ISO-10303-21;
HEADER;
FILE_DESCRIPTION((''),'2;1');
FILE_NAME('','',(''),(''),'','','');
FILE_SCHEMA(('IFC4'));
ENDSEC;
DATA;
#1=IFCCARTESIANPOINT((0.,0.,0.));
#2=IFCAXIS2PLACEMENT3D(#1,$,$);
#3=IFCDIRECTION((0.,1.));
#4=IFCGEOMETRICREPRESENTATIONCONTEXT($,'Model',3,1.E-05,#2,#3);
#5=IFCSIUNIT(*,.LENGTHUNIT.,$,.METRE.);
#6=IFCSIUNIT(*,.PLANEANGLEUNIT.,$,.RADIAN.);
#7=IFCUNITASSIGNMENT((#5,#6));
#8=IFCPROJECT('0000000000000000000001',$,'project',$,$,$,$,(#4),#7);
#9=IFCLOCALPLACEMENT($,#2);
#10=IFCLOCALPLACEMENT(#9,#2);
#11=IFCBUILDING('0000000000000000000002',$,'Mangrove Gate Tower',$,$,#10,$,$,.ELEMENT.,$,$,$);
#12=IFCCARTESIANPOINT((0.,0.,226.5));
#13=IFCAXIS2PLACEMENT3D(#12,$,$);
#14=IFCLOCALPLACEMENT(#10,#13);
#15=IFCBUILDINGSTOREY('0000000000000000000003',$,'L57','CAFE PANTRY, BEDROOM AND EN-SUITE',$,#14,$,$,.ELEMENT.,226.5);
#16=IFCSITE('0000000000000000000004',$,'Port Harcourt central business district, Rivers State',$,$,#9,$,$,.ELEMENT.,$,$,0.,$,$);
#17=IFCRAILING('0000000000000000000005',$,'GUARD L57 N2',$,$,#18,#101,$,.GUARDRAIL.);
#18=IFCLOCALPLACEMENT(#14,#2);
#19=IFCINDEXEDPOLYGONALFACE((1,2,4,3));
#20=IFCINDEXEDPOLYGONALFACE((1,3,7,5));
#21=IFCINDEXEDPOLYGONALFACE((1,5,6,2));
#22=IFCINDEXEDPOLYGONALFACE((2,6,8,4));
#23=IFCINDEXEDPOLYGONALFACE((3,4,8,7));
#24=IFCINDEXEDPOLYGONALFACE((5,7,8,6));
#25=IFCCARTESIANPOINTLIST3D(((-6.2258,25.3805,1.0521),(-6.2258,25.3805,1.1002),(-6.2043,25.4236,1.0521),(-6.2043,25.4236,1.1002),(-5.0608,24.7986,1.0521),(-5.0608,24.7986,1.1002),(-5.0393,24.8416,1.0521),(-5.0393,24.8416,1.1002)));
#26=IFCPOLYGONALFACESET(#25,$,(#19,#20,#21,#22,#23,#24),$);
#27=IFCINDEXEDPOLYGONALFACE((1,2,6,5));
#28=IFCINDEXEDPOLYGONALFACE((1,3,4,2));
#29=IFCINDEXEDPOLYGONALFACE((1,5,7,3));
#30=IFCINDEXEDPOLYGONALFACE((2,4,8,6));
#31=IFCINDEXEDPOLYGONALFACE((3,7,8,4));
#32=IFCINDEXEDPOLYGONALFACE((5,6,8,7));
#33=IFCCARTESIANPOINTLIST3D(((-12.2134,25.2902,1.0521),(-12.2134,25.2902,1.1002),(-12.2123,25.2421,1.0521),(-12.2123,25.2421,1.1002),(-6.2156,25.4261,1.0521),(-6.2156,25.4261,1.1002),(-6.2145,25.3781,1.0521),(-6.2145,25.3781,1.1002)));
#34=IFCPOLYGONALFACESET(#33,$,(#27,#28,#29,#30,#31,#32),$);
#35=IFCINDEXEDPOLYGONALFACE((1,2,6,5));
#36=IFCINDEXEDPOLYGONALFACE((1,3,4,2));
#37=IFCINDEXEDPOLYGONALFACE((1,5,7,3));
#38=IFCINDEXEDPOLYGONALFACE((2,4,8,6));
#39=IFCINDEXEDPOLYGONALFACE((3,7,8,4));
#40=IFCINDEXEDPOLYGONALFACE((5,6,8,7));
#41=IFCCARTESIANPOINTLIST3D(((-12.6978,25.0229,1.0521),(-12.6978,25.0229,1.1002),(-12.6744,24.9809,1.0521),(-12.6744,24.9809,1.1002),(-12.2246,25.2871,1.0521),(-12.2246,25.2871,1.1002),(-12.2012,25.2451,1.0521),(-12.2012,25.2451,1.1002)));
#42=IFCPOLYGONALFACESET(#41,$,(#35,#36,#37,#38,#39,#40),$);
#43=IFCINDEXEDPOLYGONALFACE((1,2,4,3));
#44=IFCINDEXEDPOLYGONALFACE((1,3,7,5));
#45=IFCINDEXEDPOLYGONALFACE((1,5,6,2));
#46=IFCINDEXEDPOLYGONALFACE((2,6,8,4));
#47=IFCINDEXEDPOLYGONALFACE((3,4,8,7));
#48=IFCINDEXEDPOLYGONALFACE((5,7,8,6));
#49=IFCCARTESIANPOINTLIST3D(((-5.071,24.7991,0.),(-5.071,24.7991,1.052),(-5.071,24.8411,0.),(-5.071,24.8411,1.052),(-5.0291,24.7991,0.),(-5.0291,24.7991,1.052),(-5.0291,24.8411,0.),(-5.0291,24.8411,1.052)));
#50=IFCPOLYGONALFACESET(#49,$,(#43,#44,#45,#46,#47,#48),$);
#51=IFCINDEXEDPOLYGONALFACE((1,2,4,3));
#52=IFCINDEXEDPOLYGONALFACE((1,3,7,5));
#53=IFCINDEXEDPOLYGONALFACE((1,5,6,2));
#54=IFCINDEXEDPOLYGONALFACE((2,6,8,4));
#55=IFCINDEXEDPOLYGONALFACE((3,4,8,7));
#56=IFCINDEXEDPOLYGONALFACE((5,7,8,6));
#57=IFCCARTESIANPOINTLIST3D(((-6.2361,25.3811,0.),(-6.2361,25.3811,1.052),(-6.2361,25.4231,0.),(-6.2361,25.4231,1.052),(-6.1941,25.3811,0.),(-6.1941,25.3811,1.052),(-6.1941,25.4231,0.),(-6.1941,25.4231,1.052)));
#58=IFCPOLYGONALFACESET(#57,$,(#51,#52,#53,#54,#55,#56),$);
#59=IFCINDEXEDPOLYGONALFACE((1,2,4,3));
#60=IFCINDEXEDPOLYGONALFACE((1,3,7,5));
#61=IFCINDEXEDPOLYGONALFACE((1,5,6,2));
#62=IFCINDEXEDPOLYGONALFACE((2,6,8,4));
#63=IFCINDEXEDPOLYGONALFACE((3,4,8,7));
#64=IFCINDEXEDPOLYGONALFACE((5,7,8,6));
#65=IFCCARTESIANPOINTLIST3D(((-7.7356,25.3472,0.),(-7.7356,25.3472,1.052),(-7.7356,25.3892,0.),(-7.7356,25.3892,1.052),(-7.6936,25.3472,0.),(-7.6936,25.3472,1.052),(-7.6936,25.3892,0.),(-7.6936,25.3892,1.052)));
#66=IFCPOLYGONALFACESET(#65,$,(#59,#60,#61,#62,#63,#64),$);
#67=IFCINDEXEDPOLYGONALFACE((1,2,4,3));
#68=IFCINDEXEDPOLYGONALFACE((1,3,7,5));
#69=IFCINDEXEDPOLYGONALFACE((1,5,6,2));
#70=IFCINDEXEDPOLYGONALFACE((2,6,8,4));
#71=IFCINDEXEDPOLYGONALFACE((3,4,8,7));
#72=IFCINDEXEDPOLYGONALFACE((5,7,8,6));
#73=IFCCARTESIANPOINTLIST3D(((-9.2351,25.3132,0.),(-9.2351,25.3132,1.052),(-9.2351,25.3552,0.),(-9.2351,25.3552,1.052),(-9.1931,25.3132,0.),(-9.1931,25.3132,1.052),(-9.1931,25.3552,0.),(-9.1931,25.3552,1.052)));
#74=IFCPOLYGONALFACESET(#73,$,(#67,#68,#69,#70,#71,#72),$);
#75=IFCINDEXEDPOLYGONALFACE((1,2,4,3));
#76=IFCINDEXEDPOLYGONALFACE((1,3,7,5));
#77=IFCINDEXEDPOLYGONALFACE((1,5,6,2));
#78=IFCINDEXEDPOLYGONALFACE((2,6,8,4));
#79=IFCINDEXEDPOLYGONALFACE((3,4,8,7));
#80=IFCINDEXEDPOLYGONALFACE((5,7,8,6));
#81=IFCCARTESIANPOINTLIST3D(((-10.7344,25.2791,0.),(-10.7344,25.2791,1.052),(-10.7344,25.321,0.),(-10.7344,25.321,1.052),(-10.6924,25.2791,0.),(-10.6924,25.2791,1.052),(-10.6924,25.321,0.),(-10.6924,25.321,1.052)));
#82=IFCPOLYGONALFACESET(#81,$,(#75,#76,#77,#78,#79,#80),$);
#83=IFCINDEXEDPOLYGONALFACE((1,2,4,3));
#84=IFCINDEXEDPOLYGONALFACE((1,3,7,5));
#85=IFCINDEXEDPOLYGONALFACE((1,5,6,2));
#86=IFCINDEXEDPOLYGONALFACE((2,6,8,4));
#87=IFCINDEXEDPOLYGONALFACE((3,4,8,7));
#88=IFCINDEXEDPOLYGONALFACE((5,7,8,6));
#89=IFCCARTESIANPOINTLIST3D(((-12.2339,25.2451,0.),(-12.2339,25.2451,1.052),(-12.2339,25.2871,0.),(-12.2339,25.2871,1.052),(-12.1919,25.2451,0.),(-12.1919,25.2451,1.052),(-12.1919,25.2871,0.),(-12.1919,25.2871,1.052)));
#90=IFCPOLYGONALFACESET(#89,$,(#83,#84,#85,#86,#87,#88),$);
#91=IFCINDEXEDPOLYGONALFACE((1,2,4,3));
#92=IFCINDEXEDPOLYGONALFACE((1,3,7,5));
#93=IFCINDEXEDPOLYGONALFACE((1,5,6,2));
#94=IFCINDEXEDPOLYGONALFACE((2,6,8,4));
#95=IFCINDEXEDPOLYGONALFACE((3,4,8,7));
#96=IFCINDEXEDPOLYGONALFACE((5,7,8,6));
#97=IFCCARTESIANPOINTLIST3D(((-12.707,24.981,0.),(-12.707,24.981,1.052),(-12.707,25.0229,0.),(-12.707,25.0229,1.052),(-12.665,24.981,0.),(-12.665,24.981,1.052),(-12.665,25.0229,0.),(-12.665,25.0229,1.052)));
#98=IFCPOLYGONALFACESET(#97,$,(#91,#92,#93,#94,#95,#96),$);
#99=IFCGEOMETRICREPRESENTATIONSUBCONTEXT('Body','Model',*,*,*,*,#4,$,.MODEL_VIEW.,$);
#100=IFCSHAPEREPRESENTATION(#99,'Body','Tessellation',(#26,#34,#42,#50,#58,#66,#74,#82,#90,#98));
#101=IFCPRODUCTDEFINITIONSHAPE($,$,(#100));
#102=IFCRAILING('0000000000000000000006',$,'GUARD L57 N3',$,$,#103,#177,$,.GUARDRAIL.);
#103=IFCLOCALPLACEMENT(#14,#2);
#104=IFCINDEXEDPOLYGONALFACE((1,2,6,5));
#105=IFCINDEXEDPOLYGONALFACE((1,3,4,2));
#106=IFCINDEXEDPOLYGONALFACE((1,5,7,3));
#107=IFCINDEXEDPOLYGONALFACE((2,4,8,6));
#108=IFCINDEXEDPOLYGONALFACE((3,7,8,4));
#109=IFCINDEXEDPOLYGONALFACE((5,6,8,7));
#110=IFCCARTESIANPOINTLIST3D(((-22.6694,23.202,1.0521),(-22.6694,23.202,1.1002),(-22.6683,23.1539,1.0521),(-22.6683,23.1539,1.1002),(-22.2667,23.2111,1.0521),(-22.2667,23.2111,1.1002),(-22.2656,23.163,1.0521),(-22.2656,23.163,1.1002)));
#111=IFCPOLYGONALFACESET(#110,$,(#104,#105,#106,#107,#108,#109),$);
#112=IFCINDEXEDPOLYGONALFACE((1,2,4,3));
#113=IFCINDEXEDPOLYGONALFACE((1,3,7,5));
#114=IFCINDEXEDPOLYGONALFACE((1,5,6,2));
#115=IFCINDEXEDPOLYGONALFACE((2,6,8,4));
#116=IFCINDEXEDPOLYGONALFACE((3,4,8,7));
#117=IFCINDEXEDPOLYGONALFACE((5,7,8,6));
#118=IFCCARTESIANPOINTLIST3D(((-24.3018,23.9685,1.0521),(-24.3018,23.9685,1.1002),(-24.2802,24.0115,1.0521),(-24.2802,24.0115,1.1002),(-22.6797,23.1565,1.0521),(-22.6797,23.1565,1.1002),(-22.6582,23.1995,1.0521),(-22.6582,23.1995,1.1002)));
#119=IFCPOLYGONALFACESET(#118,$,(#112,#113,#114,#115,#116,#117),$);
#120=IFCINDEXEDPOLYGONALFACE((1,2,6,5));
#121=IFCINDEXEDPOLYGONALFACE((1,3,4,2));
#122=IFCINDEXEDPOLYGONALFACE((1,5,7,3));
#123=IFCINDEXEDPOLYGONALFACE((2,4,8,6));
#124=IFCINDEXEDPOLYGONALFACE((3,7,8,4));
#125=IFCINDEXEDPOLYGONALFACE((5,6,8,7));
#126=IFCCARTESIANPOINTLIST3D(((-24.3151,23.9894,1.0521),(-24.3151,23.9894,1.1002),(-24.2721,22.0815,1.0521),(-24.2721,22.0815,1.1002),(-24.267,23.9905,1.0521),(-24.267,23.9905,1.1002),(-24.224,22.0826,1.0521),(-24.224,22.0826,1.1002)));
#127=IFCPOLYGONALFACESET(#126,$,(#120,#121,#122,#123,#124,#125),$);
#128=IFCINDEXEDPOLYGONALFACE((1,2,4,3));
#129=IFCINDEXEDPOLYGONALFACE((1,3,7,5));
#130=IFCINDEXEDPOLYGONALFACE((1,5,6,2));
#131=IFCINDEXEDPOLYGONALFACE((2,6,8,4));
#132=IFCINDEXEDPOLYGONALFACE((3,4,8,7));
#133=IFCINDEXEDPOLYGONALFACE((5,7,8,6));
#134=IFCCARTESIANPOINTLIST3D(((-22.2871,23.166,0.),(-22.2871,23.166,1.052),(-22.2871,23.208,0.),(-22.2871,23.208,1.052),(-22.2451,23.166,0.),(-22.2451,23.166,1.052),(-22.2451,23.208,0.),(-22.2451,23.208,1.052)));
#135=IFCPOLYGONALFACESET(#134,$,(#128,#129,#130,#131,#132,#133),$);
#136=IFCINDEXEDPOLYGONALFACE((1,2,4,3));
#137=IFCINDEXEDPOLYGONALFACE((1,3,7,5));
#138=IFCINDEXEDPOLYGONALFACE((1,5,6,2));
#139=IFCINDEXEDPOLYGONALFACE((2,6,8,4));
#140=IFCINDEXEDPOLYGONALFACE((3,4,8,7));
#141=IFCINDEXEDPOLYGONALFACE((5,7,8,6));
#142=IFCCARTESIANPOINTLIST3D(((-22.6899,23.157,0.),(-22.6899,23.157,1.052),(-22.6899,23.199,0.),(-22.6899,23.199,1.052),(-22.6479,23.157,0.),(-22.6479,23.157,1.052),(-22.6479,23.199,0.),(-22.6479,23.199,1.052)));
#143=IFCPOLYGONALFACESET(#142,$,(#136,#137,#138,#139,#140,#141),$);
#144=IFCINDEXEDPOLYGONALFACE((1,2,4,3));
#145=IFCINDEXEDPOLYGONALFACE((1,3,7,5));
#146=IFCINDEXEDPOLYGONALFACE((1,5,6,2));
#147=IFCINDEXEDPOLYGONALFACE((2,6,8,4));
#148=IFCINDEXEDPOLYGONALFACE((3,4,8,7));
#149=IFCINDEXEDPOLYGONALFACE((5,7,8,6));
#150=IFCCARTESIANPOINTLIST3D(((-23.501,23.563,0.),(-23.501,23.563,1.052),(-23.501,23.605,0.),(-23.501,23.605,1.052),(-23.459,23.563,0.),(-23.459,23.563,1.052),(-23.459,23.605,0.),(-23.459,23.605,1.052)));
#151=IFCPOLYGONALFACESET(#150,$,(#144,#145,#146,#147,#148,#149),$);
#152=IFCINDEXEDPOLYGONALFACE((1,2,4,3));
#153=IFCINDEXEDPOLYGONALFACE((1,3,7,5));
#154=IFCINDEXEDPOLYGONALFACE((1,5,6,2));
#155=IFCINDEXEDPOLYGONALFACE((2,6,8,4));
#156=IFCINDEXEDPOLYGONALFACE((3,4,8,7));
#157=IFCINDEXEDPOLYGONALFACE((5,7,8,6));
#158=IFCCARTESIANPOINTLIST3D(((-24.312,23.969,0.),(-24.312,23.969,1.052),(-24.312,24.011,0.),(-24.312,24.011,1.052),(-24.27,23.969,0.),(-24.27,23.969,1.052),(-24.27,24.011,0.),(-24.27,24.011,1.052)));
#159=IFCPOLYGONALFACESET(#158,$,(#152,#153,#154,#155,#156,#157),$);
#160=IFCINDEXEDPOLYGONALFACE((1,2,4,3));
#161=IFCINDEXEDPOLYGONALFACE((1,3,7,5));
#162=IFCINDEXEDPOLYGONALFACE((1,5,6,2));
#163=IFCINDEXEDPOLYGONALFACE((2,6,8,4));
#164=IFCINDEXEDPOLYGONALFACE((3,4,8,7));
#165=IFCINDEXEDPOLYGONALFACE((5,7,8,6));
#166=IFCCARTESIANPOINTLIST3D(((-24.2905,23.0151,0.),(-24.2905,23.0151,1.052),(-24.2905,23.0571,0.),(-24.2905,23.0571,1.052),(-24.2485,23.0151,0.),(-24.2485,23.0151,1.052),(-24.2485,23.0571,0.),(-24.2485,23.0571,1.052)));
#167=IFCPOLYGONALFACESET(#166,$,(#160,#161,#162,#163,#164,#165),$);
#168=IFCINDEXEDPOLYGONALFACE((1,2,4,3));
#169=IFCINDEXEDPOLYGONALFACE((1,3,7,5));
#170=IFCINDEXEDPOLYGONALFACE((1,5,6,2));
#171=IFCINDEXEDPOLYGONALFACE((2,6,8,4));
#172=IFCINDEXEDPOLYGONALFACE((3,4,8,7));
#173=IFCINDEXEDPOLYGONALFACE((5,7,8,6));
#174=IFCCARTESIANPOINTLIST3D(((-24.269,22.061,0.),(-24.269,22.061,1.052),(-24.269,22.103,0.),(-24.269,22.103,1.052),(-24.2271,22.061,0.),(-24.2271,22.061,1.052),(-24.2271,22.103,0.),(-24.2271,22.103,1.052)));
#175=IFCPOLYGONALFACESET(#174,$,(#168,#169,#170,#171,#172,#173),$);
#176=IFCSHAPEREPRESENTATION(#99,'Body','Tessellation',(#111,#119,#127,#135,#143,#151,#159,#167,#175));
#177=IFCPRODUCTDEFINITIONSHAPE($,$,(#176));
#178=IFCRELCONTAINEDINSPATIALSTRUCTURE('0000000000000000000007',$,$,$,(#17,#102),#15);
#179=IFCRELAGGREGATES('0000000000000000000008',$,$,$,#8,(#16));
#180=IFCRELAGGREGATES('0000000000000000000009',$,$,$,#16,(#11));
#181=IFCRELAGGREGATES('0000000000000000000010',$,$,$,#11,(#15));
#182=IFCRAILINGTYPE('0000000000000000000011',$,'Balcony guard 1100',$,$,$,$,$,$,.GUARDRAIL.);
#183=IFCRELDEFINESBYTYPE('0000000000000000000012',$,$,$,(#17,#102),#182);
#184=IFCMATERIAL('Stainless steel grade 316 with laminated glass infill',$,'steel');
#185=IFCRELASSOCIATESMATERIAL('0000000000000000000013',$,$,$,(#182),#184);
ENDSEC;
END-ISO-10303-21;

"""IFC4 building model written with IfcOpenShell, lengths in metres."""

from ifc_helpers import new_model, si_unit, direction, frame, origin, origin_2d, place, context, subcontext, project, spatial, rectangle, extrude, material, type_object, element, save


model = new_model("IFC4")

# Units and contexts
model_context = context("Model", 3, precision=1e-05, world=origin(), true_north=direction((0.0, 1.0)))
body_context = subcontext(model_context, "Body", "Model", "MODEL_VIEW")
ifc_project = project(units=[si_unit("LENGTHUNIT", "METRE"), si_unit("PLANEANGLEUNIT", "RADIAN")], contexts=[model_context])

# Site, building, storey
site_placement = place(None, origin())
site = spatial("IfcSite", under=ifc_project, at=site_placement, Name="Port Harcourt central business district, Rivers State", CompositionType="ELEMENT", RefElevation=0.0)
building_placement = place(site_placement, origin())
building = spatial("IfcBuilding", under=site, at=building_placement, Name="Mangrove Gate Tower", CompositionType="ELEMENT")
storey_placement = place(building_placement, frame((0.0, 0.0, 226.5)))
storey = spatial("IfcBuildingStorey", under=building, at=storey_placement, Name="L57", Description="CAFE PANTRY, BEDROOM AND EN-SUITE", CompositionType="ELEMENT", Elevation=226.5)

# Railings
ifc_material_1 = material(Name="Stainless steel grade 316 with laminated glass infill", Category="steel")
railing_type = type_object("IfcRailingType", Name="Balcony guard 1100", PredefinedType="GUARDRAIL", material=ifc_material_1)
railing_1_placement = place(storey_placement, frame((-5.05, 24.8201, 0.0)))
element("IfcRailing", 1, at=railing_1_placement, inside=storey, type_object=railing_type, Name="GUARD L57 N2", PredefinedType="GUARDRAIL", context=body_context, shape_type="SweptSolid", body=[
    extrude(rectangle(XDim=0.0481, YDim=0.0481, at=origin_2d()), frame((0.0, 0.0, 1.0762), z_axis=(-0.894577, 0.446914, 0.0), x_axis=(-0.446914, -0.894577, 0.0)), (0.0, 0.0, 1.0), 1.3022),
    extrude(rectangle(XDim=0.0481, YDim=0.0481, at=origin_2d()), frame((-1.165, 0.582, 1.0762), z_axis=(-0.999743, -0.022667, 0.0), x_axis=(0.022667, -0.999743, 0.0)), (0.0, 0.0, 1.0), 5.9993),
    extrude(rectangle(XDim=0.0481, YDim=0.0481, at=origin_2d()), frame((-7.1628, 0.446, 1.0762), z_axis=(-0.873135, -0.487478, 0.0), x_axis=(0.487478, -0.873135, 0.0)), (0.0, 0.0, 1.0), 0.542),
    extrude(rectangle(XDim=0.042, YDim=0.042, at=origin_2d()), origin(), (0.0, 0.0, 1.0), 1.052),
    extrude(rectangle(XDim=0.042, YDim=0.042, at=origin_2d()), frame((-1.165, 0.582, 0.0)), (0.0, 0.0, 1.0), 1.052),
    extrude(rectangle(XDim=0.042, YDim=0.042, at=origin_2d()), frame((-2.6646, 0.5481, 0.0)), (0.0, 0.0, 1.0), 1.052),
    extrude(rectangle(XDim=0.042, YDim=0.042, at=origin_2d()), frame((-4.1641, 0.5142, 0.0)), (0.0, 0.0, 1.0), 1.052),
    extrude(rectangle(XDim=0.042, YDim=0.042, at=origin_2d()), frame((-5.6633, 0.48, 0.0)), (0.0, 0.0, 1.0), 1.052),
    extrude(rectangle(XDim=0.042, YDim=0.042, at=origin_2d()), frame((-7.1628, 0.446, 0.0)), (0.0, 0.0, 1.0), 1.052),
    extrude(rectangle(XDim=0.042, YDim=0.042, at=origin_2d()), frame((-7.636, 0.1819, 0.0)), (0.0, 0.0, 1.0), 1.052),
])
railing_2_placement = place(storey_placement, frame((-22.2661, 23.187, 0.0)))
element("IfcRailing", 2, at=railing_2_placement, inside=storey, type_object=railing_type, Name="GUARD L57 N3", PredefinedType="GUARDRAIL", context=body_context, shape_type="SweptSolid", body=[
    extrude(rectangle(XDim=0.0481, YDim=0.0481, at=origin_2d()), frame((0.0, 0.0, 1.0762), z_axis=(-0.999749, -0.022419, 0.0), x_axis=(0.022419, -0.999749, 0.0)), (0.0, 0.0, 1.0), 0.4028),
    extrude(rectangle(XDim=0.0481, YDim=0.0481, at=origin_2d()), frame((-0.4028, -0.009, 1.0762), z_axis=(-0.894212, 0.447644, 0.0), x_axis=(-0.447644, -0.894212, 0.0)), (0.0, 0.0, 1.0), 1.814),
    extrude(rectangle(XDim=0.0481, YDim=0.0481, at=origin_2d()), frame((-2.0249, 0.803, 1.0762), z_axis=(0.022515, -0.999747, 0.0), x_axis=(0.999747, 0.022515, 0.0)), (0.0, 0.0, 1.0), 1.9084),
    extrude(rectangle(XDim=0.042, YDim=0.042, at=origin_2d()), origin(), (0.0, 0.0, 1.0), 1.052),
    extrude(rectangle(XDim=0.042, YDim=0.042, at=origin_2d()), frame((-0.4028, -0.009, 0.0)), (0.0, 0.0, 1.0), 1.052),
    extrude(rectangle(XDim=0.042, YDim=0.042, at=origin_2d()), frame((-1.2139, 0.397, 0.0)), (0.0, 0.0, 1.0), 1.052),
    extrude(rectangle(XDim=0.042, YDim=0.042, at=origin_2d()), frame((-2.0249, 0.803, 0.0)), (0.0, 0.0, 1.0), 1.052),
    extrude(rectangle(XDim=0.042, YDim=0.042, at=origin_2d()), frame((-2.0034, -0.1509, 0.0)), (0.0, 0.0, 1.0), 1.052),
    extrude(rectangle(XDim=0.042, YDim=0.042, at=origin_2d()), frame((-1.9819, -1.105, 0.0)), (0.0, 0.0, 1.0), 1.052),
])

save(model, "model.ifc")
